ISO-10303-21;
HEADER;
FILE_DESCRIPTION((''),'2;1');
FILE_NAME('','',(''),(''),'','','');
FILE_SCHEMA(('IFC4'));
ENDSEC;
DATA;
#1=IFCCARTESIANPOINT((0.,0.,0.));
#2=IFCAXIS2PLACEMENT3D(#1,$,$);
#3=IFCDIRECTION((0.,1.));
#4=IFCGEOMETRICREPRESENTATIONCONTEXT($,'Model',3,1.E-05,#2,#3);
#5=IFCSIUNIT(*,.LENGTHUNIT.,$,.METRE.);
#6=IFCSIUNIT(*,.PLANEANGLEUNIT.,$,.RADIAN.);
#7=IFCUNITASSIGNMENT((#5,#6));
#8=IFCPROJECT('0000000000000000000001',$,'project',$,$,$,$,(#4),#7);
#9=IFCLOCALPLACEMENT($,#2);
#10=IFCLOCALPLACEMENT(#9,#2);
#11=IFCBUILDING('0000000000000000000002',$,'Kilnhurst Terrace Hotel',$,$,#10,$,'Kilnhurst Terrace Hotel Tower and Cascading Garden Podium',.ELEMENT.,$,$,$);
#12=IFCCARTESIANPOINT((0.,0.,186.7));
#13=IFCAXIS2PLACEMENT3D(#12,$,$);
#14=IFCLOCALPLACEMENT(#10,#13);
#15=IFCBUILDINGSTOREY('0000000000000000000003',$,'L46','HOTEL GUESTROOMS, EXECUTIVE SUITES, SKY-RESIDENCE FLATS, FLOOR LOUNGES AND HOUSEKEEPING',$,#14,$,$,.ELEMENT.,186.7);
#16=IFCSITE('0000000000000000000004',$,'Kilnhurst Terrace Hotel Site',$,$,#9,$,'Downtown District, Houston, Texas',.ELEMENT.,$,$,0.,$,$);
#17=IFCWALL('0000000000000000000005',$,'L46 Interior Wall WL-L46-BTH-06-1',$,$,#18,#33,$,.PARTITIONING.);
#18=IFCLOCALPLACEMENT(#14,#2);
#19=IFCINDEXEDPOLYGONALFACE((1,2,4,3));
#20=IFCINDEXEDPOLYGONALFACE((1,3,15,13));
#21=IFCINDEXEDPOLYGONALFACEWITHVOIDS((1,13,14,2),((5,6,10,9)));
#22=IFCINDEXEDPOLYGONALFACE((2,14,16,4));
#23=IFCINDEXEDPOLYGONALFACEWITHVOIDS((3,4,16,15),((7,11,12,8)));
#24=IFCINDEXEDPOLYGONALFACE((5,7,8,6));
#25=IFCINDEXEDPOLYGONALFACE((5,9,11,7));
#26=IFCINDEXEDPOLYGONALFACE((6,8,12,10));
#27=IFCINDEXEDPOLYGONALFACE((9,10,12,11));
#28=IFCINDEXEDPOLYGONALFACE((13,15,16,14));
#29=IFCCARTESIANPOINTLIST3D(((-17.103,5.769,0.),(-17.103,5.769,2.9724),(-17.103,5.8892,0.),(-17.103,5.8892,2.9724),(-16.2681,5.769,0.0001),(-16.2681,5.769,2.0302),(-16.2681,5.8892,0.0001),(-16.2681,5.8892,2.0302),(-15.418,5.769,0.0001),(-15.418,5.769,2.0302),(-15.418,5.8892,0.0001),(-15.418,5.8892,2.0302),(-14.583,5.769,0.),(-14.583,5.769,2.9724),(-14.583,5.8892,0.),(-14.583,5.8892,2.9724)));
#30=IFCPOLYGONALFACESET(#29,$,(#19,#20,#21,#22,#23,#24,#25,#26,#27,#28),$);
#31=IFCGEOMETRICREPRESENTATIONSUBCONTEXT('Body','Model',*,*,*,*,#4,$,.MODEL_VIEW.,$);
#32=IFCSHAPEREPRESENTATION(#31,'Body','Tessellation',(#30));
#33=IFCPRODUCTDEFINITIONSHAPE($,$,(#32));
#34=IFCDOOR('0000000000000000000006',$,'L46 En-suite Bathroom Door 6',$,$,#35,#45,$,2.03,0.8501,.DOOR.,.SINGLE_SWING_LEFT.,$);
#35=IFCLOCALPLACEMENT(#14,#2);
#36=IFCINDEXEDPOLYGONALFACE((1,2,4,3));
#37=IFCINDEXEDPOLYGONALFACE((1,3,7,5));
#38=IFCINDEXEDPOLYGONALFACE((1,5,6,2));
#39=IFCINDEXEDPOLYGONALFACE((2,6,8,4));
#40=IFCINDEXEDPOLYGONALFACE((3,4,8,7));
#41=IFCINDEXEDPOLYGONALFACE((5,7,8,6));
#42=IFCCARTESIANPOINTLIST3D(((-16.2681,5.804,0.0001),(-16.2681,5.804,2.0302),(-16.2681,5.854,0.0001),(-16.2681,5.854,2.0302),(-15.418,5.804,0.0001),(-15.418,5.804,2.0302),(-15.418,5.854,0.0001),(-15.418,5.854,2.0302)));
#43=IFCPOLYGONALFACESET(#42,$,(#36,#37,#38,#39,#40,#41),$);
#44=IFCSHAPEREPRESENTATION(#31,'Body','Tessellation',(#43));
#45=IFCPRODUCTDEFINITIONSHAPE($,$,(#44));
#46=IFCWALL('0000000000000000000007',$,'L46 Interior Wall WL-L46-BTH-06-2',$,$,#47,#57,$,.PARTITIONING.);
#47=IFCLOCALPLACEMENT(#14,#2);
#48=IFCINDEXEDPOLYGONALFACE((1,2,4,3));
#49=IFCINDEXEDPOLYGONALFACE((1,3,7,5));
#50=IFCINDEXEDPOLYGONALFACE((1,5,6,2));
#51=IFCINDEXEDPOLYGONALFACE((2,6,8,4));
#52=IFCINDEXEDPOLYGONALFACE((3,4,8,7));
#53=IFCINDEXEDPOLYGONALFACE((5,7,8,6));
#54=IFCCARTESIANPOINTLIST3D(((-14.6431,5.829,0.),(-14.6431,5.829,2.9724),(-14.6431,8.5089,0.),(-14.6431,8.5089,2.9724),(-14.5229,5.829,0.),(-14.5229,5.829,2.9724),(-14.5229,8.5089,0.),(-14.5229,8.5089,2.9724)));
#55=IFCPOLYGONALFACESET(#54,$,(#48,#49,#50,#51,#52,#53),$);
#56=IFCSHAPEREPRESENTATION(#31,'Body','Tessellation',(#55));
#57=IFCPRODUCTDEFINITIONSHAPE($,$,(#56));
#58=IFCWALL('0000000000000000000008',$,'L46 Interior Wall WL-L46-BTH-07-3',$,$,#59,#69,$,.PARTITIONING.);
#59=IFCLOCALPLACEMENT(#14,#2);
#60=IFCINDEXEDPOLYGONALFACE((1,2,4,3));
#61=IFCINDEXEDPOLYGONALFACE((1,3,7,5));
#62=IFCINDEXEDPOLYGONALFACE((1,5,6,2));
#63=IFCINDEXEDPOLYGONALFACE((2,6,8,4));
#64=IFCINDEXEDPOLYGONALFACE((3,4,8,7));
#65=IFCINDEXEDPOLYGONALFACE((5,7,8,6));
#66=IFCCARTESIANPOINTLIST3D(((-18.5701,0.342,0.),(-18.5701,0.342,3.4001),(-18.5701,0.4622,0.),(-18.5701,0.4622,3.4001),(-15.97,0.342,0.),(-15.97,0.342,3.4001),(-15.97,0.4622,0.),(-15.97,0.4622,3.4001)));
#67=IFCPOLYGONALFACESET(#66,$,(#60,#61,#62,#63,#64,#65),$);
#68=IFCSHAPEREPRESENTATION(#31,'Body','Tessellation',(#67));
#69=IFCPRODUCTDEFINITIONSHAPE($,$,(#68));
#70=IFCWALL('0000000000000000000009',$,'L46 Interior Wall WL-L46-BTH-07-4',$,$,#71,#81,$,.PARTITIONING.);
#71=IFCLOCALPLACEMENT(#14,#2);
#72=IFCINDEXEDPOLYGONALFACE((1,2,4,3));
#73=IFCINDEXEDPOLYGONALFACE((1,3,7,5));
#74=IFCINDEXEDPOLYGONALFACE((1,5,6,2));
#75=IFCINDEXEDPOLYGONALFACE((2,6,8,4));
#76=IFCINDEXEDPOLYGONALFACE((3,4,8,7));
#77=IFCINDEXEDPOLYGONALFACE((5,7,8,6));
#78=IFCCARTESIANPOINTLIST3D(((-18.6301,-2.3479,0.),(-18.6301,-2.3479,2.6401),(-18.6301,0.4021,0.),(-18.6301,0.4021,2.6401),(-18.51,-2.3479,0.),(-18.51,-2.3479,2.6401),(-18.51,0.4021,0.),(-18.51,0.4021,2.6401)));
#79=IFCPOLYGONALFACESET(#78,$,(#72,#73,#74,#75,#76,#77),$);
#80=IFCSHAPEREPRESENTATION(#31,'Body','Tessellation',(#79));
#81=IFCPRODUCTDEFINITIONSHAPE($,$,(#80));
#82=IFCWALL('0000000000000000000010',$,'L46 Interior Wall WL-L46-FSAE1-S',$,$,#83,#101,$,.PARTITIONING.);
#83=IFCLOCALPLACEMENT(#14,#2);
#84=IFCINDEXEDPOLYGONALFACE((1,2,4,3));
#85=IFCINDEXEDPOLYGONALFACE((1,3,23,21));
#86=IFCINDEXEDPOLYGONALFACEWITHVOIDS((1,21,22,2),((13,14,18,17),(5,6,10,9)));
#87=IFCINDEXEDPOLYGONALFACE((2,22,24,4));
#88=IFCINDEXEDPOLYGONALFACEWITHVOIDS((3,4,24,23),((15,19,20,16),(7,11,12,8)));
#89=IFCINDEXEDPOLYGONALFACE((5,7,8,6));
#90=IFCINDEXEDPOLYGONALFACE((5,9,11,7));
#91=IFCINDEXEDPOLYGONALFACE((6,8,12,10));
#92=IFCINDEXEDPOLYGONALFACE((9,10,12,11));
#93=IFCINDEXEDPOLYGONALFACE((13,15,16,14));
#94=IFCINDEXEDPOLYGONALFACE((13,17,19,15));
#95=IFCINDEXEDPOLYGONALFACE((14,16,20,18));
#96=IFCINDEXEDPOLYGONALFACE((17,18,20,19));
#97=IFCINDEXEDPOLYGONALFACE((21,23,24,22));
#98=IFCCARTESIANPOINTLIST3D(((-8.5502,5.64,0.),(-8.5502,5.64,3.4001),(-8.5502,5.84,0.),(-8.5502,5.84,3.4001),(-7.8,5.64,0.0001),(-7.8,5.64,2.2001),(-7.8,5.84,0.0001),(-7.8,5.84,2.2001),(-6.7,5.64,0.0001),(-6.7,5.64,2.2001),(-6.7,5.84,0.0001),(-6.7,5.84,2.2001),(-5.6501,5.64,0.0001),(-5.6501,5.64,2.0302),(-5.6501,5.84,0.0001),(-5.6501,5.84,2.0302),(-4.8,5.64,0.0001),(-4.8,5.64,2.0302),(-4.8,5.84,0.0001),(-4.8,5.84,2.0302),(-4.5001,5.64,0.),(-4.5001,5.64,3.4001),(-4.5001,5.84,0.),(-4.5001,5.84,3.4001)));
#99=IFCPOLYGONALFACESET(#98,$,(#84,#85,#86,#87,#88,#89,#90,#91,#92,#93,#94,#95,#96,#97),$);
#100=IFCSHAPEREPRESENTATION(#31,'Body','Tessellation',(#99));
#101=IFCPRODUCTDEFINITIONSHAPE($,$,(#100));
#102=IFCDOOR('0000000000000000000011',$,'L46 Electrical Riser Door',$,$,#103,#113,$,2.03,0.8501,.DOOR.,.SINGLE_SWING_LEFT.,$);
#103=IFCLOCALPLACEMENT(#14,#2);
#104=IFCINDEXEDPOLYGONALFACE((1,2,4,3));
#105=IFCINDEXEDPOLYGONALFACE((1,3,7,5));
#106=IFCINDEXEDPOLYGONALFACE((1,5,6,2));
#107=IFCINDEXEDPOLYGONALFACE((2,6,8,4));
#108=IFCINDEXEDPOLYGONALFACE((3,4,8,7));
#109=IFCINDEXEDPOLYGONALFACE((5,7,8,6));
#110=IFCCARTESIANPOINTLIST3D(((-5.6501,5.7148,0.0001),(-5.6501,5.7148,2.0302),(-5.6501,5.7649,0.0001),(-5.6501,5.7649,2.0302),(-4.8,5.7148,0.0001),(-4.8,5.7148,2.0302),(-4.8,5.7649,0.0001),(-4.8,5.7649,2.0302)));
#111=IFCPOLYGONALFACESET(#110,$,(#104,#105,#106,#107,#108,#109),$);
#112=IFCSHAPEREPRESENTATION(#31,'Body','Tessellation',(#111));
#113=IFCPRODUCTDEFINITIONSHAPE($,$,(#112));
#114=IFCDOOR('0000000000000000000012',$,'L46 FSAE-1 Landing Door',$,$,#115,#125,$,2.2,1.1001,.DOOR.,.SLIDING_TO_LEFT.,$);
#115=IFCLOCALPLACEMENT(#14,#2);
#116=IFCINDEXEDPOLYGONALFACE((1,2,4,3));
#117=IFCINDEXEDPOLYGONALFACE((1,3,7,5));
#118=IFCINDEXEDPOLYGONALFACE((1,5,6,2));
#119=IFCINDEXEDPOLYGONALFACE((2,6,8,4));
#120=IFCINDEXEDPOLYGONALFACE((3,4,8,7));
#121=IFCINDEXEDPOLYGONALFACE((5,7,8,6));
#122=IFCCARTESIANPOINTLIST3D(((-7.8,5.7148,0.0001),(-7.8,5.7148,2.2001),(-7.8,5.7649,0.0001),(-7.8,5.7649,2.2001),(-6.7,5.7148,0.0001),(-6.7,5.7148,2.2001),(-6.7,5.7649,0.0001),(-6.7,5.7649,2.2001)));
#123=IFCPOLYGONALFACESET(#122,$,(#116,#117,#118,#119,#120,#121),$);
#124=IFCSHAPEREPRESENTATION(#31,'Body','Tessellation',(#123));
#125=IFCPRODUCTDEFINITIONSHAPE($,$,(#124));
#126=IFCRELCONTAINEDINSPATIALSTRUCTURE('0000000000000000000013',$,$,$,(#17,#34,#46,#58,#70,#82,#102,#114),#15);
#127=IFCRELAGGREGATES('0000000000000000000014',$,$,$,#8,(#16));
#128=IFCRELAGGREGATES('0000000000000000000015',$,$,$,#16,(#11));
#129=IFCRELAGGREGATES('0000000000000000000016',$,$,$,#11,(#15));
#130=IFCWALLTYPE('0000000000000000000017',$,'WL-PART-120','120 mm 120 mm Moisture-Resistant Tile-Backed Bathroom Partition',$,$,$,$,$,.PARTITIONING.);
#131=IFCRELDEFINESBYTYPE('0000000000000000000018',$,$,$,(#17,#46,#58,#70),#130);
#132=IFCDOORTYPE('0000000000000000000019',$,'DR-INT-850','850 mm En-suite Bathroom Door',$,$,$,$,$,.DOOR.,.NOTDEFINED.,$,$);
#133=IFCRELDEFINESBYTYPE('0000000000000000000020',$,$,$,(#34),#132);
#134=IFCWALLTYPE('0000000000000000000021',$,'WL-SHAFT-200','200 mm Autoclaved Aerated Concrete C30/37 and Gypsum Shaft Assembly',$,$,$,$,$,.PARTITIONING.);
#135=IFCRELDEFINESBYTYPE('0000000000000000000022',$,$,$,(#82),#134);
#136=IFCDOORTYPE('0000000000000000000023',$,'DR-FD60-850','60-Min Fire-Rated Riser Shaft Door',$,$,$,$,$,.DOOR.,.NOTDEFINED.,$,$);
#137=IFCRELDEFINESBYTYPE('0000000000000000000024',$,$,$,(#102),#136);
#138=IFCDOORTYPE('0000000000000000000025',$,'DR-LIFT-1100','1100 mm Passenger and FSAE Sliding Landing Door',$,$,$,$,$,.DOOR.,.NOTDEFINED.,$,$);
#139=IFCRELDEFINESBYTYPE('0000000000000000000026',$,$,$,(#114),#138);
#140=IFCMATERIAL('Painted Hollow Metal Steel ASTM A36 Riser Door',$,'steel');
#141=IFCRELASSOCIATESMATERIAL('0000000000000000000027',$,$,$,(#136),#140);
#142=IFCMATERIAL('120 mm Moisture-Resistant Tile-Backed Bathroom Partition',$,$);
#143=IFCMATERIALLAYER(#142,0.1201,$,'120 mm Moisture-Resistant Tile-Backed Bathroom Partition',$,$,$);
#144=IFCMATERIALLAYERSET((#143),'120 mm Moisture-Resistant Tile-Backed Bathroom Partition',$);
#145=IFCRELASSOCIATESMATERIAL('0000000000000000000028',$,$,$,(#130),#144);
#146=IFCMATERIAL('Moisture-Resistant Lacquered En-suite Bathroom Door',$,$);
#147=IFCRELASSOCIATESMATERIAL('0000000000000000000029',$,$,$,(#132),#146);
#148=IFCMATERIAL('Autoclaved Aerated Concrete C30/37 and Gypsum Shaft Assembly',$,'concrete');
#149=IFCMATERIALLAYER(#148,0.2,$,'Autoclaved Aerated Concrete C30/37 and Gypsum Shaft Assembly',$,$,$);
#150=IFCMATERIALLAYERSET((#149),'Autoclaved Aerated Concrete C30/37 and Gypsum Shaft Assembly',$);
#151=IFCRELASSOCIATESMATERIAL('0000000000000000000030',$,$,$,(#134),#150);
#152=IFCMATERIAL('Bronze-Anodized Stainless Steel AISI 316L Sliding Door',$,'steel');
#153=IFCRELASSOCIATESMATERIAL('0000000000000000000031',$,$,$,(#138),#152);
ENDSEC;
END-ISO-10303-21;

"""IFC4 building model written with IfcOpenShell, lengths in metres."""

from ifc_helpers import new_model, si_unit, direction, frame, frame_2d, origin, place, context, subcontext, project, spatial, rectangle, extrude, material, layer, layer_set, type_object, element, fill, save


model = new_model("IFC4")

# Units and contexts
model_context = context("Model", 3, precision=1e-05, world=origin(), true_north=direction((0.0, 1.0)))
body_context = subcontext(model_context, "Body", "Model", "MODEL_VIEW")
ifc_project = project(units=[si_unit("LENGTHUNIT", "METRE"), si_unit("PLANEANGLEUNIT", "RADIAN")], contexts=[model_context])

# Site, building, storey
site_placement = place(None, origin())
site = spatial("IfcSite", under=ifc_project, at=site_placement, Name="Kilnhurst Terrace Hotel Site", LongName="Downtown District, Houston, Texas", CompositionType="ELEMENT", RefElevation=0.0)
building_placement = place(site_placement, origin())
building = spatial("IfcBuilding", under=site, at=building_placement, Name="Kilnhurst Terrace Hotel", LongName="Kilnhurst Terrace Hotel Tower and Cascading Garden Podium", CompositionType="ELEMENT")
storey_placement = place(building_placement, frame((0.0, 0.0, 186.7)))
storey = spatial("IfcBuildingStorey", under=building, at=storey_placement, Name="L46", Description="HOTEL GUESTROOMS, EXECUTIVE SUITES, SKY-RESIDENCE FLATS, FLOOR LOUNGES AND HOUSEKEEPING", CompositionType="ELEMENT", Elevation=186.7)

# Shared definitions
ifc_material_1 = material(Name="Painted Hollow Metal Steel ASTM A36 Riser Door", Category="steel")
door_type_1 = type_object("IfcDoorType", Name="DR-FD60-850", Description="60-Min Fire-Rated Riser Shaft Door", OperationType="NOTDEFINED", PredefinedType="DOOR", material=ifc_material_1)

# Wall, opening, door
ifc_material_2 = material(Name="120 mm Moisture-Resistant Tile-Backed Bathroom Partition")
ifc_layer_1 = layer(ifc_material_2, 0.1201, Name="120 mm Moisture-Resistant Tile-Backed Bathroom Partition")
ifc_layer_set_1 = layer_set([ifc_layer_1], Name="120 mm Moisture-Resistant Tile-Backed Bathroom Partition")
wall_type_1 = type_object("IfcWallType", Name="WL-PART-120", Description="120 mm 120 mm Moisture-Resistant Tile-Backed Bathroom Partition", PredefinedType="PARTITIONING", material=ifc_layer_set_1)
wall_1_placement = place(storey_placement, frame((-17.103, 5.8291, 0.0), z_axis=(0.0, 0.0, 1.0), x_axis=(1.0, 0.0, 0.0)))
wall_1 = element("IfcWall", 1, at=wall_1_placement, inside=storey, type_object=wall_type_1, Name="L46 Interior Wall WL-L46-BTH-06-1", PredefinedType="PARTITIONING", context=body_context, shape_type="SweptSolid", body=[
    extrude(rectangle(XDim=2.52, YDim=0.1201, at=frame_2d((1.26, 0.0))), origin(), (0.0, 0.0, 1.0), 2.9724),
])
opening_1_placement = place(wall_1_placement, frame((0.835, 0.0, 0.0)))
opening_1 = element("IfcOpeningElement", 2, at=opening_1_placement, cuts=wall_1, PredefinedType="OPENING", context=body_context, shape_type="SweptSolid", body=[
    extrude(rectangle(XDim=0.8501, YDim=2.03, at=frame_2d((0.425, 1.0151))), frame((0.0, 0.0701, 0.0), z_axis=(0.0, -1.0, 0.0), x_axis=(1.0, 0.0, 0.0)), (0.0, 0.0, 1.0), 0.1401),
])
ifc_material_3 = material(Name="Moisture-Resistant Lacquered En-suite Bathroom Door")
door_type_2 = type_object("IfcDoorType", Name="DR-INT-850", Description="850 mm En-suite Bathroom Door", OperationType="NOTDEFINED", PredefinedType="DOOR", material=ifc_material_3)
door_1_placement = place(opening_1_placement, origin())
door_1 = element("IfcDoor", 3, at=door_1_placement, inside=storey, type_object=door_type_2, Name="L46 En-suite Bathroom Door 6", OperationType="SINGLE_SWING_LEFT", OverallHeight=2.03, OverallWidth=0.8501, PredefinedType="DOOR", context=body_context, shape_type="SweptSolid", body=[
    extrude(rectangle(XDim=0.8501, YDim=2.03, at=frame_2d((0.425, 1.0151))), frame((0.0, 0.0249, 0.0), z_axis=(0.0, -1.0, 0.0), x_axis=(1.0, 0.0, 0.0)), (0.0, 0.0, 1.0), 0.05),
])
fill(opening_1, door_1)

# Walls
wall_2_placement = place(storey_placement, frame((-14.583, 5.8291, 0.0), z_axis=(0.0, 0.0, 1.0), x_axis=(0.0, 1.0, 0.0)))
element("IfcWall", 4, at=wall_2_placement, inside=storey, type_object=wall_type_1, Name="L46 Interior Wall WL-L46-BTH-06-2", PredefinedType="PARTITIONING", context=body_context, shape_type="SweptSolid", body=[
    extrude(rectangle(XDim=2.6799, YDim=0.1201, at=frame_2d((1.3398, 0.0))), origin(), (0.0, 0.0, 1.0), 2.9724),
])
wall_3_placement = place(storey_placement, frame((-15.97, 0.4021, 0.0), z_axis=(0.0, 0.0, 1.0), x_axis=(-1.0, 0.0, 0.0)))
element("IfcWall", 5, at=wall_3_placement, inside=storey, type_object=wall_type_1, Name="L46 Interior Wall WL-L46-BTH-07-3", PredefinedType="PARTITIONING", context=body_context, shape_type="SweptSolid", body=[
    extrude(rectangle(XDim=2.6001, YDim=0.1201, at=frame_2d((1.3, 0.0))), origin(), (0.0, 0.0, 1.0), 3.4001),
])
wall_4_placement = place(storey_placement, frame((-18.5701, 0.4021, 0.0), z_axis=(0.0, 0.0, 1.0), x_axis=(0.0, -1.0, 0.0)))
element("IfcWall", 6, at=wall_4_placement, inside=storey, type_object=wall_type_1, Name="L46 Interior Wall WL-L46-BTH-07-4", PredefinedType="PARTITIONING", context=body_context, shape_type="SweptSolid", body=[
    extrude(rectangle(XDim=2.75, YDim=0.1201, at=frame_2d((1.375, 0.0))), origin(), (0.0, 0.0, 1.0), 2.6401),
])

# Wall, openings, doors
ifc_material_4 = material(Name="Autoclaved Aerated Concrete C30/37 and Gypsum Shaft Assembly", Category="concrete")
ifc_layer_2 = layer(ifc_material_4, 0.2, Name="Autoclaved Aerated Concrete C30/37 and Gypsum Shaft Assembly")
ifc_layer_set_2 = layer_set([ifc_layer_2], Name="Autoclaved Aerated Concrete C30/37 and Gypsum Shaft Assembly")
wall_type_2 = type_object("IfcWallType", Name="WL-SHAFT-200", Description="200 mm Autoclaved Aerated Concrete C30/37 and Gypsum Shaft Assembly", PredefinedType="PARTITIONING", material=ifc_layer_set_2)
wall_5_placement = place(storey_placement, frame((-8.55, 5.74, 0.0), z_axis=(0.0, 0.0, 1.0), x_axis=(1.0, 0.0, 0.0)))
wall_5 = element("IfcWall", 7, at=wall_5_placement, inside=storey, type_object=wall_type_2, Name="L46 Interior Wall WL-L46-FSAE1-S", PredefinedType="PARTITIONING", context=body_context, shape_type="SweptSolid", body=[
    extrude(rectangle(XDim=4.05, YDim=0.2, at=frame_2d((2.0249, 0.0))), origin(), (0.0, 0.0, 1.0), 3.4001),
])
opening_2_placement = place(wall_5_placement, frame((0.75, 0.0, 0.0)))
opening_2 = element("IfcOpeningElement", 8, at=opening_2_placement, cuts=wall_5, PredefinedType="OPENING", context=body_context, shape_type="SweptSolid", body=[
    extrude(rectangle(XDim=1.1001, YDim=2.2, at=frame_2d((0.55, 1.1001))), frame((0.0, 0.1099, 0.0), z_axis=(0.0, -1.0, 0.0), x_axis=(1.0, 0.0, 0.0)), (0.0, 0.0, 1.0), 0.22),
])
opening_3_placement = place(wall_5_placement, frame((2.8999, 0.0, 0.0)))
opening_3 = element("IfcOpeningElement", 9, at=opening_3_placement, cuts=wall_5, PredefinedType="OPENING", context=body_context, shape_type="SweptSolid", body=[
    extrude(rectangle(XDim=0.8501, YDim=2.03, at=frame_2d((0.425, 1.0151))), frame((0.0, 0.1099, 0.0), z_axis=(0.0, -1.0, 0.0), x_axis=(1.0, 0.0, 0.0)), (0.0, 0.0, 1.0), 0.22),
])
door_2_placement = place(opening_3_placement, origin())
door_2 = element("IfcDoor", 10, at=door_2_placement, inside=storey, type_object=door_type_1, Name="L46 Electrical Riser Door", OperationType="SINGLE_SWING_LEFT", OverallHeight=2.03, OverallWidth=0.8501, PredefinedType="DOOR", context=body_context, shape_type="SweptSolid", body=[
    extrude(rectangle(XDim=0.8501, YDim=2.03, at=frame_2d((0.425, 1.0151))), frame((0.0, 0.0249, 0.0), z_axis=(0.0, -1.0, 0.0), x_axis=(1.0, 0.0, 0.0)), (0.0, 0.0, 1.0), 0.05),
])
fill(opening_3, door_2)
ifc_material_5 = material(Name="Bronze-Anodized Stainless Steel AISI 316L Sliding Door", Category="steel")
door_type_3 = type_object("IfcDoorType", Name="DR-LIFT-1100", Description="1100 mm Passenger and FSAE Sliding Landing Door", OperationType="NOTDEFINED", PredefinedType="DOOR", material=ifc_material_5)
door_3_placement = place(opening_2_placement, origin())
door_3 = element("IfcDoor", 11, at=door_3_placement, inside=storey, type_object=door_type_3, Name="L46 FSAE-1 Landing Door", OperationType="SLIDING_TO_LEFT", OverallHeight=2.2, OverallWidth=1.1001, PredefinedType="DOOR", context=body_context, shape_type="SweptSolid", body=[
    extrude(rectangle(XDim=1.1001, YDim=2.2, at=frame_2d((0.55, 1.1001))), frame((0.0, 0.0249, 0.0), z_axis=(0.0, -1.0, 0.0), x_axis=(1.0, 0.0, 0.0)), (0.0, 0.0, 1.0), 0.05),
])
fill(opening_2, door_3)

save(model, "model.ifc")
